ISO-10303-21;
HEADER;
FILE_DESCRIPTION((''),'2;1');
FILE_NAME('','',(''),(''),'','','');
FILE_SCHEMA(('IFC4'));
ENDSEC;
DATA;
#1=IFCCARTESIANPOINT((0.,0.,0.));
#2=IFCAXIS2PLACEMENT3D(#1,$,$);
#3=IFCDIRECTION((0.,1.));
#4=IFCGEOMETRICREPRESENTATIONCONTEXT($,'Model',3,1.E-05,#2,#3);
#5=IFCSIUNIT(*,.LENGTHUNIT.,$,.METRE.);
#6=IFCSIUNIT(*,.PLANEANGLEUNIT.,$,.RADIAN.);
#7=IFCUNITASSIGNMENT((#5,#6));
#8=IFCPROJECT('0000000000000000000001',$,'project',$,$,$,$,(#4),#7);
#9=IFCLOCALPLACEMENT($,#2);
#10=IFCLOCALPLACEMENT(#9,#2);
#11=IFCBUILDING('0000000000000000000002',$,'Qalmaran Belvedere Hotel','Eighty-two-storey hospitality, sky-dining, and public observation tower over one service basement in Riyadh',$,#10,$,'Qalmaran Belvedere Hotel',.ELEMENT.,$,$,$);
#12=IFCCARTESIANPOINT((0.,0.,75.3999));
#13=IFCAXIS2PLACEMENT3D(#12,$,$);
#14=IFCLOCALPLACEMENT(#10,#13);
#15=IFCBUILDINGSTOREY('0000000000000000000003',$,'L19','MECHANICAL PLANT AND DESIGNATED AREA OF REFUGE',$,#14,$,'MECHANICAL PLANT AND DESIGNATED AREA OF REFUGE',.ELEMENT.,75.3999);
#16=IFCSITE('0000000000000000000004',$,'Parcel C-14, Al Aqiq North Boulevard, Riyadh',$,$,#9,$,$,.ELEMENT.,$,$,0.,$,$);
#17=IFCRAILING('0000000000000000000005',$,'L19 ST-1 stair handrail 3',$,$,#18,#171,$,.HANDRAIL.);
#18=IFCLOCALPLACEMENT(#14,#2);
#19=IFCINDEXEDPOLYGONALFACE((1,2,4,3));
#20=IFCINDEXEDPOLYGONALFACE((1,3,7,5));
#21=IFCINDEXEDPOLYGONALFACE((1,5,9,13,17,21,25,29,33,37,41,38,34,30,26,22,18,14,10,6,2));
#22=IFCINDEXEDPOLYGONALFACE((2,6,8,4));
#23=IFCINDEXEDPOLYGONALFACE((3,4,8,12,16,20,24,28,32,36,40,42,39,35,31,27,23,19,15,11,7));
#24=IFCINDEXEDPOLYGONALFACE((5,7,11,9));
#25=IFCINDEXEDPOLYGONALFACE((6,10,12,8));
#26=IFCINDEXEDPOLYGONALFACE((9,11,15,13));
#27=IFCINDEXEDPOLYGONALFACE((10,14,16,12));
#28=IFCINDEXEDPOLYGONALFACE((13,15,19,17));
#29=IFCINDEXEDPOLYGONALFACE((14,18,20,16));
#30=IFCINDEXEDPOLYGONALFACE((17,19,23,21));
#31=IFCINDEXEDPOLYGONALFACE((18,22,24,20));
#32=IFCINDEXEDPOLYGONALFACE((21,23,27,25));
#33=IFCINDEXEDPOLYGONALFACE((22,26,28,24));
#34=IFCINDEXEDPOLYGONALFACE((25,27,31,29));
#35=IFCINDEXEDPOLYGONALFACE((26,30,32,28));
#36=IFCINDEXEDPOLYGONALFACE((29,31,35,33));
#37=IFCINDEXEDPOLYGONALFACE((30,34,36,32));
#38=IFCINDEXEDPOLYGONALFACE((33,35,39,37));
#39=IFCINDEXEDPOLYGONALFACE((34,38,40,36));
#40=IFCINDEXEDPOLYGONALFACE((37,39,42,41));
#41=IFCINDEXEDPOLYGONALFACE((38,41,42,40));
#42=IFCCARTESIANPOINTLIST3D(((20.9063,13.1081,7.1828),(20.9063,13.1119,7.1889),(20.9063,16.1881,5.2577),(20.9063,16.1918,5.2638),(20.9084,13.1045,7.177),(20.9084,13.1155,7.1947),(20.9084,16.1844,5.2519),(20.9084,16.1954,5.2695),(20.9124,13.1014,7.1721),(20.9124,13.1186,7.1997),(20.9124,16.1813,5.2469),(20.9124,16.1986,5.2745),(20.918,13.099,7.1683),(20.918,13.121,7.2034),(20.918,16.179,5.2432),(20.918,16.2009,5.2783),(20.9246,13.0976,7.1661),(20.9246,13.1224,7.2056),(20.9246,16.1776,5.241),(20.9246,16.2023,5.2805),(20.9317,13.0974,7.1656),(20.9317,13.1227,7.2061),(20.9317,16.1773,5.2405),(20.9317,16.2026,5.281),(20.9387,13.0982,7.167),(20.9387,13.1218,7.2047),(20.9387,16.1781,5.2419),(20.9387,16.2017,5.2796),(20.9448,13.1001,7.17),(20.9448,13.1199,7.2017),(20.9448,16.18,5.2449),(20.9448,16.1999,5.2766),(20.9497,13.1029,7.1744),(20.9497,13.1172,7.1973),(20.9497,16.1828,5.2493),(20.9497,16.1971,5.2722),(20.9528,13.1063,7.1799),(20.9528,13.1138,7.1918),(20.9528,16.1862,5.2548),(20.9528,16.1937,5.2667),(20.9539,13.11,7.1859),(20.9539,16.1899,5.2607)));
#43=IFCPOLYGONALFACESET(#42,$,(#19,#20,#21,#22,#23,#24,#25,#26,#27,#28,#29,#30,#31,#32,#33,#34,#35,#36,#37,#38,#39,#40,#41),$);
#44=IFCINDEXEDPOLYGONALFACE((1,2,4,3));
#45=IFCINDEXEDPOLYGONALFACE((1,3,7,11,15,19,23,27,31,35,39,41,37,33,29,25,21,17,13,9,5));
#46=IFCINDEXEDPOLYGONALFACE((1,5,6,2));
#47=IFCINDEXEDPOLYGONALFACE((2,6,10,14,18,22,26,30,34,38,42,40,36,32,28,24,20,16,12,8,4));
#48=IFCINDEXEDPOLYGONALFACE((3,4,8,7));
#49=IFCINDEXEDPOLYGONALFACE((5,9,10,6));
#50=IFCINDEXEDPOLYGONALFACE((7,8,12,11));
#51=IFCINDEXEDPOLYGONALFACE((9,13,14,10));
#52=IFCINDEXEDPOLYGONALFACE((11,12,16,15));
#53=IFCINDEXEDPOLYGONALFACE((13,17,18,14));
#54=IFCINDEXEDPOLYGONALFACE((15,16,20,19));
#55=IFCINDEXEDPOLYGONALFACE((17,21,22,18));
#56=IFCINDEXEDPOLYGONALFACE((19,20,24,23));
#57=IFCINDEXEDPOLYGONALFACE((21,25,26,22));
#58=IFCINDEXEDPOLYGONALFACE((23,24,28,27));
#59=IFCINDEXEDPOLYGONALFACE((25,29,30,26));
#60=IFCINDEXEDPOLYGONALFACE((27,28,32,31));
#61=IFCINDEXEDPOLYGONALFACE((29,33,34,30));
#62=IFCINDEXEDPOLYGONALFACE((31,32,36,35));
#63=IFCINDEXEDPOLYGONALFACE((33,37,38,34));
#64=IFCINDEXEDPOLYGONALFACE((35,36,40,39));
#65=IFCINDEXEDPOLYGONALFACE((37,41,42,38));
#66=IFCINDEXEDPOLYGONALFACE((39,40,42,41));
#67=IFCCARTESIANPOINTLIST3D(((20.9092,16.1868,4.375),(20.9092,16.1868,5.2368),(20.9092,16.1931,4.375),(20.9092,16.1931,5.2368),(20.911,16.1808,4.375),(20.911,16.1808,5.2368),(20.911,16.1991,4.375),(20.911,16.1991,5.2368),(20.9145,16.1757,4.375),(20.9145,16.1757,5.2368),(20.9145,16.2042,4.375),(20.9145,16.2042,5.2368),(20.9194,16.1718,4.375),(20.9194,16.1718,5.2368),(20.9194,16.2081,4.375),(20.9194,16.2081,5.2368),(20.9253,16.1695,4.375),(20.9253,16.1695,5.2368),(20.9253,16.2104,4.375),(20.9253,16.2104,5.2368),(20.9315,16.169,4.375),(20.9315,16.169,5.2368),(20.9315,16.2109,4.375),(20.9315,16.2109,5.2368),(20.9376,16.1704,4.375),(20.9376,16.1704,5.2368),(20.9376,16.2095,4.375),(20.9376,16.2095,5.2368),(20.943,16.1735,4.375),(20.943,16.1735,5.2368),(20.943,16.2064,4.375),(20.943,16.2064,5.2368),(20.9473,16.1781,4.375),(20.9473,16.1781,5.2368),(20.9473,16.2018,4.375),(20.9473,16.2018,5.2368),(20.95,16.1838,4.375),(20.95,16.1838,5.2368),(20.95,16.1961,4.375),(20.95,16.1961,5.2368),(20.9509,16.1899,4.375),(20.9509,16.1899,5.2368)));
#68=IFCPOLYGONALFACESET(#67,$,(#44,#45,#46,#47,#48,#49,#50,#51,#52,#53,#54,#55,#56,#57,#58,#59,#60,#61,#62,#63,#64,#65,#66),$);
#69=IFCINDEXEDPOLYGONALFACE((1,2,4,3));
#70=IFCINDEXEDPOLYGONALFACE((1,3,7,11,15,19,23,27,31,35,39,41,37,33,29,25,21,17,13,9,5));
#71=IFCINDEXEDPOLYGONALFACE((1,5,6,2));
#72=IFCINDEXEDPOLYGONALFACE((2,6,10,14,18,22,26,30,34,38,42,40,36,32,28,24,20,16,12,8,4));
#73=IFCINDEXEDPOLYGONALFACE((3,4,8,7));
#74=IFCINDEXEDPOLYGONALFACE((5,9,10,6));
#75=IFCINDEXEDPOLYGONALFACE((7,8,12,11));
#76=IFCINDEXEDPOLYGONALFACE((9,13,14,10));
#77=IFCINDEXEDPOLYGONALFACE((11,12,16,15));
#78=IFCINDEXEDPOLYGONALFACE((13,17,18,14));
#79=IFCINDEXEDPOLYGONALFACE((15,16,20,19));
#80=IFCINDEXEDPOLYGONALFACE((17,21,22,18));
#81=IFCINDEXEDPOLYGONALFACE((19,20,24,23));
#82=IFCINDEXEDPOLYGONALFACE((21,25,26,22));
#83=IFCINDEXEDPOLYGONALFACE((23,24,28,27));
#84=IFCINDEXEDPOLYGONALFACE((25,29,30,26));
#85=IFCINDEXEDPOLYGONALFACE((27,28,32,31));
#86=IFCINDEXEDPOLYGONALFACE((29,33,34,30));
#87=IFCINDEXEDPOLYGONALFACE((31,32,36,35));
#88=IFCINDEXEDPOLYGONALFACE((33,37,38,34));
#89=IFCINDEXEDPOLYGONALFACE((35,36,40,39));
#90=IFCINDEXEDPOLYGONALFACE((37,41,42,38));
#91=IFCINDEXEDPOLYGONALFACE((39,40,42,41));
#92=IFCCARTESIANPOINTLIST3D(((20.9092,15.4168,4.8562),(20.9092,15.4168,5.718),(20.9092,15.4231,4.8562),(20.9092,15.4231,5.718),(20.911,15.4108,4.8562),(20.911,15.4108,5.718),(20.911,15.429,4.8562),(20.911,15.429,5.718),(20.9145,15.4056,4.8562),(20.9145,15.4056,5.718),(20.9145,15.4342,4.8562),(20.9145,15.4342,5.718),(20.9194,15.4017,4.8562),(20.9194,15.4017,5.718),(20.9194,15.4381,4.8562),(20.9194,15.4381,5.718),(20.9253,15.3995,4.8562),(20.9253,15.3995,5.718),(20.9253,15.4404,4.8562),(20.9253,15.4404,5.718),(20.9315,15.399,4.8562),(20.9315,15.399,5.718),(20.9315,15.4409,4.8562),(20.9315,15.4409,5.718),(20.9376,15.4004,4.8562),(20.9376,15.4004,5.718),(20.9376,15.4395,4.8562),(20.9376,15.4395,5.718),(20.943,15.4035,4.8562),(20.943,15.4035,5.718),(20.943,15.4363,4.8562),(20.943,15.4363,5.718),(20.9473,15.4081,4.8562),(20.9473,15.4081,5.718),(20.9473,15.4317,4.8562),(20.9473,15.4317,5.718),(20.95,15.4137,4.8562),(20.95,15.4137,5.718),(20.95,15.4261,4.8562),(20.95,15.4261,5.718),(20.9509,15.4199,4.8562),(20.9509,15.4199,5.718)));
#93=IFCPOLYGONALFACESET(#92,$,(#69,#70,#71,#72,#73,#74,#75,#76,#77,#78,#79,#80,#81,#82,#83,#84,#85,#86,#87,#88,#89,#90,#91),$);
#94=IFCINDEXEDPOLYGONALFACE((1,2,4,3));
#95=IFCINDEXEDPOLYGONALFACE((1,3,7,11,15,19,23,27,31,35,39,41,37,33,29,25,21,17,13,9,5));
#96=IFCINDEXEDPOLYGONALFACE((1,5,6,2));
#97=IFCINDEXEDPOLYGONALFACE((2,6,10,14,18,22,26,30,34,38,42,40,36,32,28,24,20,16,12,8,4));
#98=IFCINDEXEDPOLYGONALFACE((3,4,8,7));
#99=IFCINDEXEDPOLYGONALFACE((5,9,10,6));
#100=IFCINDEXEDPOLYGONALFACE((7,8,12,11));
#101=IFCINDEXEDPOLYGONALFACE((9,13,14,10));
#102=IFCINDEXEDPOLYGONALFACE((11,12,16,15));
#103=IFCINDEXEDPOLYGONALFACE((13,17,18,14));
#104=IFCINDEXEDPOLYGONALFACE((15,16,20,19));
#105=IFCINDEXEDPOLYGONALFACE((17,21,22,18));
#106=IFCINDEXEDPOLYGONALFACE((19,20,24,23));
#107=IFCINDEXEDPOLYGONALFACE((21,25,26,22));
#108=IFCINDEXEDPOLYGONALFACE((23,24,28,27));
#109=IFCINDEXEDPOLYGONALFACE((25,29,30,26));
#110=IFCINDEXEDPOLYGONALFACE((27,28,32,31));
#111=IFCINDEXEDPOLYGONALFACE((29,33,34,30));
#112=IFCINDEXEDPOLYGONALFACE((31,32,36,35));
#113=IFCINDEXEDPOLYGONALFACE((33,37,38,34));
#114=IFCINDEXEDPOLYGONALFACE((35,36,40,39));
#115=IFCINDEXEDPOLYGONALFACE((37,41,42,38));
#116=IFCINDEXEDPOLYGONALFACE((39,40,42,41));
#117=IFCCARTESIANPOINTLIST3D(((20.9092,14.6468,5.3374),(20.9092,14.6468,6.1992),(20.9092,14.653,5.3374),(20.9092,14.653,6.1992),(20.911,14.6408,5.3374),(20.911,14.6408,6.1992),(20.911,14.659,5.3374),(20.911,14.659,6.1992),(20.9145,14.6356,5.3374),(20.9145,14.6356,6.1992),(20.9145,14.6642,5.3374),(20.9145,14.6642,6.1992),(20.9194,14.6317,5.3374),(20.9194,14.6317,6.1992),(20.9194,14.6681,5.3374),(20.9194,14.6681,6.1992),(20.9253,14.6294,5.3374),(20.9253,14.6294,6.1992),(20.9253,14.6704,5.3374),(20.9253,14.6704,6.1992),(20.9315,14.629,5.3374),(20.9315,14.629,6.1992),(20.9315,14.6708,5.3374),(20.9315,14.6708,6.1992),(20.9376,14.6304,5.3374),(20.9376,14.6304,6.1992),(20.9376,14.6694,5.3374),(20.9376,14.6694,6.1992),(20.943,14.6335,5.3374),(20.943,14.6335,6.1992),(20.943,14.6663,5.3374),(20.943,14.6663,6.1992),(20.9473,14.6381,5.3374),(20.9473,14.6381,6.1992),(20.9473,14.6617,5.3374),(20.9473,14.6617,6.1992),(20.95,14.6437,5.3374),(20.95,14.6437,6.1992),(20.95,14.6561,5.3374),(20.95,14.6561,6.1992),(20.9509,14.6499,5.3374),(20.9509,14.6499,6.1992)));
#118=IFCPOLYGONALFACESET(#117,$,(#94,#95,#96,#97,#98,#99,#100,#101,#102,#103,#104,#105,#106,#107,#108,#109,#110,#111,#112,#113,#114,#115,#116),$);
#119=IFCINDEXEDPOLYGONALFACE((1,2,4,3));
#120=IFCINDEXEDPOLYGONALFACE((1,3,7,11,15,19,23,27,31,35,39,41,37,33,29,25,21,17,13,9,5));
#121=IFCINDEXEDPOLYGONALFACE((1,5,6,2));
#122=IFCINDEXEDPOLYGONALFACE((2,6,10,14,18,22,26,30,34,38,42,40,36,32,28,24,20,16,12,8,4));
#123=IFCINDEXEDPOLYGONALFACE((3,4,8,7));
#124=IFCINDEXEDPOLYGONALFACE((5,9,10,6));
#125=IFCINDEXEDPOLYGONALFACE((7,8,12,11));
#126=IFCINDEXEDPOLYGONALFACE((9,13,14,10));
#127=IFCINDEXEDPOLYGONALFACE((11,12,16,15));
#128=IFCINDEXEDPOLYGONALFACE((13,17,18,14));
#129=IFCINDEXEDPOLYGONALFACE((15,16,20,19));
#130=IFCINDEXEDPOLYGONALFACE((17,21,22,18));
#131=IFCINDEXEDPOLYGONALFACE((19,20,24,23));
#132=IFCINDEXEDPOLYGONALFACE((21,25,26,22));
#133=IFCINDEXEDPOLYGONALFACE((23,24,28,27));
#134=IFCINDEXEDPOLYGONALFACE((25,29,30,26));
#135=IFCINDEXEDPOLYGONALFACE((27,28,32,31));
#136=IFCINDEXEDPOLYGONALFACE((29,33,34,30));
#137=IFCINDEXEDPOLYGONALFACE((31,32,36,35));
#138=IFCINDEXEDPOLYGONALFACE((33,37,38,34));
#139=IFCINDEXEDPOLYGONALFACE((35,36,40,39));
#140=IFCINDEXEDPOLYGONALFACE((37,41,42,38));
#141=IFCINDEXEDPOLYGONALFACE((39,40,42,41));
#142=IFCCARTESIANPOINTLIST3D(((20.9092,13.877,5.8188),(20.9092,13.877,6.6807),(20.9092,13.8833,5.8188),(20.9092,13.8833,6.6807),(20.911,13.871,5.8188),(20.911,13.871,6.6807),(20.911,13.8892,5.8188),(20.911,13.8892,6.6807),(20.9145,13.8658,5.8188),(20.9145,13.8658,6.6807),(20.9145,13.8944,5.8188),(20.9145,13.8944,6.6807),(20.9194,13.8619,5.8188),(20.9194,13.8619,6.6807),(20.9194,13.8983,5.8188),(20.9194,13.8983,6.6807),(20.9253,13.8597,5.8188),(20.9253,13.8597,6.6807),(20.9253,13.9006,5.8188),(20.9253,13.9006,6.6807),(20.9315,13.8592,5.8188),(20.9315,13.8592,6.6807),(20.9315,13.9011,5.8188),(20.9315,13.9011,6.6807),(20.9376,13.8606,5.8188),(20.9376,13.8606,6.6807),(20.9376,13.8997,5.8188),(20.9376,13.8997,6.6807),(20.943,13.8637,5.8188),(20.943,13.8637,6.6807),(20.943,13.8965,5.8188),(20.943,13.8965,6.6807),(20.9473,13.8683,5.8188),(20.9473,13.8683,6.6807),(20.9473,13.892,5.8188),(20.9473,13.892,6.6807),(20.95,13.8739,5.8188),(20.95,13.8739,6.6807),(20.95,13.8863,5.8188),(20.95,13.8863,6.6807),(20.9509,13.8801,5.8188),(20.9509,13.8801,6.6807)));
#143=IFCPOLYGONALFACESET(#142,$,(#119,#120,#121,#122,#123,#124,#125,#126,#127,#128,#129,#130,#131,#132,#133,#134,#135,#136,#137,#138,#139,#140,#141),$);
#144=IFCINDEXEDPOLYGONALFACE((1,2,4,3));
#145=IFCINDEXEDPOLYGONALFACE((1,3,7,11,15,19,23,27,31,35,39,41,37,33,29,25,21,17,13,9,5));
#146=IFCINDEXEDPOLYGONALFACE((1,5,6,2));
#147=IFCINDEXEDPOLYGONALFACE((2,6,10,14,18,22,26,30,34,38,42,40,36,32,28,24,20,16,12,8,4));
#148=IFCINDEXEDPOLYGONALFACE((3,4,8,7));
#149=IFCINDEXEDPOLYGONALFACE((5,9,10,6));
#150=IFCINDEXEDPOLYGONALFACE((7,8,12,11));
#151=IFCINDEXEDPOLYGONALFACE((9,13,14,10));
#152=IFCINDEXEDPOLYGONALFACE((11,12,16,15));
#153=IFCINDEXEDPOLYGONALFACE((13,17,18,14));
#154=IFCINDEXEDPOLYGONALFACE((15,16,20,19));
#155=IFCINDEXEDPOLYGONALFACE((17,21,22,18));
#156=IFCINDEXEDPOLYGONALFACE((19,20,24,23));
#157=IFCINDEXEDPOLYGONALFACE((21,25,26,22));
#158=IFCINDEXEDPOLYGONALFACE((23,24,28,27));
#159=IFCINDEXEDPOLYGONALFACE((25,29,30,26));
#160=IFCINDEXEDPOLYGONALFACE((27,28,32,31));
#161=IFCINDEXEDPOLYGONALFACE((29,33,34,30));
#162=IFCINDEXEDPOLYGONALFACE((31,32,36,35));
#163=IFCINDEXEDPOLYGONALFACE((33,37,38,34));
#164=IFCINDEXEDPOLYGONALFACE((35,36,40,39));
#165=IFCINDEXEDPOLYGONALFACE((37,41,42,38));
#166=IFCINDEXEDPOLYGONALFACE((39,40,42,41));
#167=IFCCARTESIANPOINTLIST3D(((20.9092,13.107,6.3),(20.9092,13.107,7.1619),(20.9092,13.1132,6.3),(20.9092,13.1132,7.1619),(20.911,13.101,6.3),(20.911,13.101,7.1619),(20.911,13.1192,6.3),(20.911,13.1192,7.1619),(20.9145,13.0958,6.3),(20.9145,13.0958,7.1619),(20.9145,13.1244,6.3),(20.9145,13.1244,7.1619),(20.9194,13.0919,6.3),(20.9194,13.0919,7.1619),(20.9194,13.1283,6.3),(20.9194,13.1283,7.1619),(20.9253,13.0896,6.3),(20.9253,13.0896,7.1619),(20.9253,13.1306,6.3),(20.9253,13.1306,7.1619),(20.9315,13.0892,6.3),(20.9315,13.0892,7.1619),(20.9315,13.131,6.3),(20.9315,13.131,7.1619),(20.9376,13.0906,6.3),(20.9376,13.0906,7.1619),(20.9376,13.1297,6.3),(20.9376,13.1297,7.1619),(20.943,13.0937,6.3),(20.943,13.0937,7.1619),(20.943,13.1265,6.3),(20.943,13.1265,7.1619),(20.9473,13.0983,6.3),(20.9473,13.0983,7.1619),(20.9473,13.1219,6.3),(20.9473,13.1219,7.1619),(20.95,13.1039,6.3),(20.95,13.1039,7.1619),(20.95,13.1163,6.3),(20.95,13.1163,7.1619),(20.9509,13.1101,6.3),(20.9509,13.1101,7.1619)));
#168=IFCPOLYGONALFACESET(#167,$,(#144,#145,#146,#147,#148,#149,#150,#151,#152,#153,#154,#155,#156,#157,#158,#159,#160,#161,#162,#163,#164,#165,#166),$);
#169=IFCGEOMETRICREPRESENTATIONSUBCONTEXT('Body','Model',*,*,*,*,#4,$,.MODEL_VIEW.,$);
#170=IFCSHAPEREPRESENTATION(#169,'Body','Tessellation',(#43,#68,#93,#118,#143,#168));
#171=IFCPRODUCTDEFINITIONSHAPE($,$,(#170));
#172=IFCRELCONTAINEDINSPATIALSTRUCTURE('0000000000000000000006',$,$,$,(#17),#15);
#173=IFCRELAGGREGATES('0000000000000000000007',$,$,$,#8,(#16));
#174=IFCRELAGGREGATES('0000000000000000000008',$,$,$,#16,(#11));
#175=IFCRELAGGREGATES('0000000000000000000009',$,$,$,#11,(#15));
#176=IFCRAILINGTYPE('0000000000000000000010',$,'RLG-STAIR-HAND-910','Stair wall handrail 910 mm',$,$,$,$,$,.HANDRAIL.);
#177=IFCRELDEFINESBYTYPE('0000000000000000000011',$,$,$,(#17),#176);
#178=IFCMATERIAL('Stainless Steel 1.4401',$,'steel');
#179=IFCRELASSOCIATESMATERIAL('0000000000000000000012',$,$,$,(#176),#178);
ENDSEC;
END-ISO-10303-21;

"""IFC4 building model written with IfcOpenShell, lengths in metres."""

from ifc_helpers import new_model, si_unit, direction, frame, origin, origin_2d, place, context, subcontext, project, spatial, circle, extrude, material, type_object, element, save


model = new_model("IFC4")

# Units and contexts
model_context = context("Model", 3, precision=1e-05, world=origin(), true_north=direction((0.0, 1.0)))
body_context = subcontext(model_context, "Body", "Model", "MODEL_VIEW")
ifc_project = project(units=[si_unit("LENGTHUNIT", "METRE"), si_unit("PLANEANGLEUNIT", "RADIAN")], contexts=[model_context])

# Site, building, storey
site_placement = place(None, origin())
site = spatial("IfcSite", under=ifc_project, at=site_placement, Name="Parcel C-14, Al Aqiq North Boulevard, Riyadh", CompositionType="ELEMENT", RefElevation=0.0)
building_placement = place(site_placement, origin())
building = spatial("IfcBuilding", under=site, at=building_placement, Name="Qalmaran Belvedere Hotel", Description="Eighty-two-storey hospitality, sky-dining, and public observation tower over one service basement in Riyadh", LongName="Qalmaran Belvedere Hotel", CompositionType="ELEMENT")
storey_placement = place(building_placement, frame((0.0, 0.0, 75.3999)))
storey = spatial("IfcBuildingStorey", under=building, at=storey_placement, Name="L19", Description="MECHANICAL PLANT AND DESIGNATED AREA OF REFUGE", LongName="MECHANICAL PLANT AND DESIGNATED AREA OF REFUGE", CompositionType="ELEMENT", Elevation=75.3999)

# Railing
ifc_material_1 = material(Name="Stainless Steel 1.4401", Category="steel")
railing_type_1 = type_object("IfcRailingType", Name="RLG-STAIR-HAND-910", Description="Stair wall handrail 910 mm", PredefinedType="HANDRAIL", material=ifc_material_1)
railing_1_placement = place(storey_placement, frame((20.9299, 16.1899, 4.375)))
element("IfcRailing", 1, at=railing_1_placement, inside=storey, type_object=railing_type_1, Name="L19 ST-1 stair handrail 3", PredefinedType="HANDRAIL", context=body_context, shape_type="SweptSolid", body=[
    extrude(circle(Radius=0.0239, at=origin_2d()), frame((0.0, 0.0, 0.8857), z_axis=(0.0, -0.847979, 0.530029), x_axis=(1.0, 0.0, 0.0)), (0.0, 0.0, 1.0), 3.6321),
    extrude(circle(Radius=0.021, at=origin_2d()), origin(), (0.0, 0.0, 1.0), 0.8618),
    extrude(circle(Radius=0.021, at=origin_2d()), frame((0.0, -0.77, 0.4812)), (0.0, 0.0, 1.0), 0.8618),
    extrude(circle(Radius=0.021, at=origin_2d()), frame((0.0, -1.54, 0.9624)), (0.0, 0.0, 1.0), 0.8618),
    extrude(circle(Radius=0.021, at=origin_2d()), frame((0.0, -2.3098, 1.4438)), (0.0, 0.0, 1.0), 0.8618),
    extrude(circle(Radius=0.021, at=origin_2d()), frame((0.0, -3.0798, 1.925)), (0.0, 0.0, 1.0), 0.8618),
])

save(model, "model.ifc")
